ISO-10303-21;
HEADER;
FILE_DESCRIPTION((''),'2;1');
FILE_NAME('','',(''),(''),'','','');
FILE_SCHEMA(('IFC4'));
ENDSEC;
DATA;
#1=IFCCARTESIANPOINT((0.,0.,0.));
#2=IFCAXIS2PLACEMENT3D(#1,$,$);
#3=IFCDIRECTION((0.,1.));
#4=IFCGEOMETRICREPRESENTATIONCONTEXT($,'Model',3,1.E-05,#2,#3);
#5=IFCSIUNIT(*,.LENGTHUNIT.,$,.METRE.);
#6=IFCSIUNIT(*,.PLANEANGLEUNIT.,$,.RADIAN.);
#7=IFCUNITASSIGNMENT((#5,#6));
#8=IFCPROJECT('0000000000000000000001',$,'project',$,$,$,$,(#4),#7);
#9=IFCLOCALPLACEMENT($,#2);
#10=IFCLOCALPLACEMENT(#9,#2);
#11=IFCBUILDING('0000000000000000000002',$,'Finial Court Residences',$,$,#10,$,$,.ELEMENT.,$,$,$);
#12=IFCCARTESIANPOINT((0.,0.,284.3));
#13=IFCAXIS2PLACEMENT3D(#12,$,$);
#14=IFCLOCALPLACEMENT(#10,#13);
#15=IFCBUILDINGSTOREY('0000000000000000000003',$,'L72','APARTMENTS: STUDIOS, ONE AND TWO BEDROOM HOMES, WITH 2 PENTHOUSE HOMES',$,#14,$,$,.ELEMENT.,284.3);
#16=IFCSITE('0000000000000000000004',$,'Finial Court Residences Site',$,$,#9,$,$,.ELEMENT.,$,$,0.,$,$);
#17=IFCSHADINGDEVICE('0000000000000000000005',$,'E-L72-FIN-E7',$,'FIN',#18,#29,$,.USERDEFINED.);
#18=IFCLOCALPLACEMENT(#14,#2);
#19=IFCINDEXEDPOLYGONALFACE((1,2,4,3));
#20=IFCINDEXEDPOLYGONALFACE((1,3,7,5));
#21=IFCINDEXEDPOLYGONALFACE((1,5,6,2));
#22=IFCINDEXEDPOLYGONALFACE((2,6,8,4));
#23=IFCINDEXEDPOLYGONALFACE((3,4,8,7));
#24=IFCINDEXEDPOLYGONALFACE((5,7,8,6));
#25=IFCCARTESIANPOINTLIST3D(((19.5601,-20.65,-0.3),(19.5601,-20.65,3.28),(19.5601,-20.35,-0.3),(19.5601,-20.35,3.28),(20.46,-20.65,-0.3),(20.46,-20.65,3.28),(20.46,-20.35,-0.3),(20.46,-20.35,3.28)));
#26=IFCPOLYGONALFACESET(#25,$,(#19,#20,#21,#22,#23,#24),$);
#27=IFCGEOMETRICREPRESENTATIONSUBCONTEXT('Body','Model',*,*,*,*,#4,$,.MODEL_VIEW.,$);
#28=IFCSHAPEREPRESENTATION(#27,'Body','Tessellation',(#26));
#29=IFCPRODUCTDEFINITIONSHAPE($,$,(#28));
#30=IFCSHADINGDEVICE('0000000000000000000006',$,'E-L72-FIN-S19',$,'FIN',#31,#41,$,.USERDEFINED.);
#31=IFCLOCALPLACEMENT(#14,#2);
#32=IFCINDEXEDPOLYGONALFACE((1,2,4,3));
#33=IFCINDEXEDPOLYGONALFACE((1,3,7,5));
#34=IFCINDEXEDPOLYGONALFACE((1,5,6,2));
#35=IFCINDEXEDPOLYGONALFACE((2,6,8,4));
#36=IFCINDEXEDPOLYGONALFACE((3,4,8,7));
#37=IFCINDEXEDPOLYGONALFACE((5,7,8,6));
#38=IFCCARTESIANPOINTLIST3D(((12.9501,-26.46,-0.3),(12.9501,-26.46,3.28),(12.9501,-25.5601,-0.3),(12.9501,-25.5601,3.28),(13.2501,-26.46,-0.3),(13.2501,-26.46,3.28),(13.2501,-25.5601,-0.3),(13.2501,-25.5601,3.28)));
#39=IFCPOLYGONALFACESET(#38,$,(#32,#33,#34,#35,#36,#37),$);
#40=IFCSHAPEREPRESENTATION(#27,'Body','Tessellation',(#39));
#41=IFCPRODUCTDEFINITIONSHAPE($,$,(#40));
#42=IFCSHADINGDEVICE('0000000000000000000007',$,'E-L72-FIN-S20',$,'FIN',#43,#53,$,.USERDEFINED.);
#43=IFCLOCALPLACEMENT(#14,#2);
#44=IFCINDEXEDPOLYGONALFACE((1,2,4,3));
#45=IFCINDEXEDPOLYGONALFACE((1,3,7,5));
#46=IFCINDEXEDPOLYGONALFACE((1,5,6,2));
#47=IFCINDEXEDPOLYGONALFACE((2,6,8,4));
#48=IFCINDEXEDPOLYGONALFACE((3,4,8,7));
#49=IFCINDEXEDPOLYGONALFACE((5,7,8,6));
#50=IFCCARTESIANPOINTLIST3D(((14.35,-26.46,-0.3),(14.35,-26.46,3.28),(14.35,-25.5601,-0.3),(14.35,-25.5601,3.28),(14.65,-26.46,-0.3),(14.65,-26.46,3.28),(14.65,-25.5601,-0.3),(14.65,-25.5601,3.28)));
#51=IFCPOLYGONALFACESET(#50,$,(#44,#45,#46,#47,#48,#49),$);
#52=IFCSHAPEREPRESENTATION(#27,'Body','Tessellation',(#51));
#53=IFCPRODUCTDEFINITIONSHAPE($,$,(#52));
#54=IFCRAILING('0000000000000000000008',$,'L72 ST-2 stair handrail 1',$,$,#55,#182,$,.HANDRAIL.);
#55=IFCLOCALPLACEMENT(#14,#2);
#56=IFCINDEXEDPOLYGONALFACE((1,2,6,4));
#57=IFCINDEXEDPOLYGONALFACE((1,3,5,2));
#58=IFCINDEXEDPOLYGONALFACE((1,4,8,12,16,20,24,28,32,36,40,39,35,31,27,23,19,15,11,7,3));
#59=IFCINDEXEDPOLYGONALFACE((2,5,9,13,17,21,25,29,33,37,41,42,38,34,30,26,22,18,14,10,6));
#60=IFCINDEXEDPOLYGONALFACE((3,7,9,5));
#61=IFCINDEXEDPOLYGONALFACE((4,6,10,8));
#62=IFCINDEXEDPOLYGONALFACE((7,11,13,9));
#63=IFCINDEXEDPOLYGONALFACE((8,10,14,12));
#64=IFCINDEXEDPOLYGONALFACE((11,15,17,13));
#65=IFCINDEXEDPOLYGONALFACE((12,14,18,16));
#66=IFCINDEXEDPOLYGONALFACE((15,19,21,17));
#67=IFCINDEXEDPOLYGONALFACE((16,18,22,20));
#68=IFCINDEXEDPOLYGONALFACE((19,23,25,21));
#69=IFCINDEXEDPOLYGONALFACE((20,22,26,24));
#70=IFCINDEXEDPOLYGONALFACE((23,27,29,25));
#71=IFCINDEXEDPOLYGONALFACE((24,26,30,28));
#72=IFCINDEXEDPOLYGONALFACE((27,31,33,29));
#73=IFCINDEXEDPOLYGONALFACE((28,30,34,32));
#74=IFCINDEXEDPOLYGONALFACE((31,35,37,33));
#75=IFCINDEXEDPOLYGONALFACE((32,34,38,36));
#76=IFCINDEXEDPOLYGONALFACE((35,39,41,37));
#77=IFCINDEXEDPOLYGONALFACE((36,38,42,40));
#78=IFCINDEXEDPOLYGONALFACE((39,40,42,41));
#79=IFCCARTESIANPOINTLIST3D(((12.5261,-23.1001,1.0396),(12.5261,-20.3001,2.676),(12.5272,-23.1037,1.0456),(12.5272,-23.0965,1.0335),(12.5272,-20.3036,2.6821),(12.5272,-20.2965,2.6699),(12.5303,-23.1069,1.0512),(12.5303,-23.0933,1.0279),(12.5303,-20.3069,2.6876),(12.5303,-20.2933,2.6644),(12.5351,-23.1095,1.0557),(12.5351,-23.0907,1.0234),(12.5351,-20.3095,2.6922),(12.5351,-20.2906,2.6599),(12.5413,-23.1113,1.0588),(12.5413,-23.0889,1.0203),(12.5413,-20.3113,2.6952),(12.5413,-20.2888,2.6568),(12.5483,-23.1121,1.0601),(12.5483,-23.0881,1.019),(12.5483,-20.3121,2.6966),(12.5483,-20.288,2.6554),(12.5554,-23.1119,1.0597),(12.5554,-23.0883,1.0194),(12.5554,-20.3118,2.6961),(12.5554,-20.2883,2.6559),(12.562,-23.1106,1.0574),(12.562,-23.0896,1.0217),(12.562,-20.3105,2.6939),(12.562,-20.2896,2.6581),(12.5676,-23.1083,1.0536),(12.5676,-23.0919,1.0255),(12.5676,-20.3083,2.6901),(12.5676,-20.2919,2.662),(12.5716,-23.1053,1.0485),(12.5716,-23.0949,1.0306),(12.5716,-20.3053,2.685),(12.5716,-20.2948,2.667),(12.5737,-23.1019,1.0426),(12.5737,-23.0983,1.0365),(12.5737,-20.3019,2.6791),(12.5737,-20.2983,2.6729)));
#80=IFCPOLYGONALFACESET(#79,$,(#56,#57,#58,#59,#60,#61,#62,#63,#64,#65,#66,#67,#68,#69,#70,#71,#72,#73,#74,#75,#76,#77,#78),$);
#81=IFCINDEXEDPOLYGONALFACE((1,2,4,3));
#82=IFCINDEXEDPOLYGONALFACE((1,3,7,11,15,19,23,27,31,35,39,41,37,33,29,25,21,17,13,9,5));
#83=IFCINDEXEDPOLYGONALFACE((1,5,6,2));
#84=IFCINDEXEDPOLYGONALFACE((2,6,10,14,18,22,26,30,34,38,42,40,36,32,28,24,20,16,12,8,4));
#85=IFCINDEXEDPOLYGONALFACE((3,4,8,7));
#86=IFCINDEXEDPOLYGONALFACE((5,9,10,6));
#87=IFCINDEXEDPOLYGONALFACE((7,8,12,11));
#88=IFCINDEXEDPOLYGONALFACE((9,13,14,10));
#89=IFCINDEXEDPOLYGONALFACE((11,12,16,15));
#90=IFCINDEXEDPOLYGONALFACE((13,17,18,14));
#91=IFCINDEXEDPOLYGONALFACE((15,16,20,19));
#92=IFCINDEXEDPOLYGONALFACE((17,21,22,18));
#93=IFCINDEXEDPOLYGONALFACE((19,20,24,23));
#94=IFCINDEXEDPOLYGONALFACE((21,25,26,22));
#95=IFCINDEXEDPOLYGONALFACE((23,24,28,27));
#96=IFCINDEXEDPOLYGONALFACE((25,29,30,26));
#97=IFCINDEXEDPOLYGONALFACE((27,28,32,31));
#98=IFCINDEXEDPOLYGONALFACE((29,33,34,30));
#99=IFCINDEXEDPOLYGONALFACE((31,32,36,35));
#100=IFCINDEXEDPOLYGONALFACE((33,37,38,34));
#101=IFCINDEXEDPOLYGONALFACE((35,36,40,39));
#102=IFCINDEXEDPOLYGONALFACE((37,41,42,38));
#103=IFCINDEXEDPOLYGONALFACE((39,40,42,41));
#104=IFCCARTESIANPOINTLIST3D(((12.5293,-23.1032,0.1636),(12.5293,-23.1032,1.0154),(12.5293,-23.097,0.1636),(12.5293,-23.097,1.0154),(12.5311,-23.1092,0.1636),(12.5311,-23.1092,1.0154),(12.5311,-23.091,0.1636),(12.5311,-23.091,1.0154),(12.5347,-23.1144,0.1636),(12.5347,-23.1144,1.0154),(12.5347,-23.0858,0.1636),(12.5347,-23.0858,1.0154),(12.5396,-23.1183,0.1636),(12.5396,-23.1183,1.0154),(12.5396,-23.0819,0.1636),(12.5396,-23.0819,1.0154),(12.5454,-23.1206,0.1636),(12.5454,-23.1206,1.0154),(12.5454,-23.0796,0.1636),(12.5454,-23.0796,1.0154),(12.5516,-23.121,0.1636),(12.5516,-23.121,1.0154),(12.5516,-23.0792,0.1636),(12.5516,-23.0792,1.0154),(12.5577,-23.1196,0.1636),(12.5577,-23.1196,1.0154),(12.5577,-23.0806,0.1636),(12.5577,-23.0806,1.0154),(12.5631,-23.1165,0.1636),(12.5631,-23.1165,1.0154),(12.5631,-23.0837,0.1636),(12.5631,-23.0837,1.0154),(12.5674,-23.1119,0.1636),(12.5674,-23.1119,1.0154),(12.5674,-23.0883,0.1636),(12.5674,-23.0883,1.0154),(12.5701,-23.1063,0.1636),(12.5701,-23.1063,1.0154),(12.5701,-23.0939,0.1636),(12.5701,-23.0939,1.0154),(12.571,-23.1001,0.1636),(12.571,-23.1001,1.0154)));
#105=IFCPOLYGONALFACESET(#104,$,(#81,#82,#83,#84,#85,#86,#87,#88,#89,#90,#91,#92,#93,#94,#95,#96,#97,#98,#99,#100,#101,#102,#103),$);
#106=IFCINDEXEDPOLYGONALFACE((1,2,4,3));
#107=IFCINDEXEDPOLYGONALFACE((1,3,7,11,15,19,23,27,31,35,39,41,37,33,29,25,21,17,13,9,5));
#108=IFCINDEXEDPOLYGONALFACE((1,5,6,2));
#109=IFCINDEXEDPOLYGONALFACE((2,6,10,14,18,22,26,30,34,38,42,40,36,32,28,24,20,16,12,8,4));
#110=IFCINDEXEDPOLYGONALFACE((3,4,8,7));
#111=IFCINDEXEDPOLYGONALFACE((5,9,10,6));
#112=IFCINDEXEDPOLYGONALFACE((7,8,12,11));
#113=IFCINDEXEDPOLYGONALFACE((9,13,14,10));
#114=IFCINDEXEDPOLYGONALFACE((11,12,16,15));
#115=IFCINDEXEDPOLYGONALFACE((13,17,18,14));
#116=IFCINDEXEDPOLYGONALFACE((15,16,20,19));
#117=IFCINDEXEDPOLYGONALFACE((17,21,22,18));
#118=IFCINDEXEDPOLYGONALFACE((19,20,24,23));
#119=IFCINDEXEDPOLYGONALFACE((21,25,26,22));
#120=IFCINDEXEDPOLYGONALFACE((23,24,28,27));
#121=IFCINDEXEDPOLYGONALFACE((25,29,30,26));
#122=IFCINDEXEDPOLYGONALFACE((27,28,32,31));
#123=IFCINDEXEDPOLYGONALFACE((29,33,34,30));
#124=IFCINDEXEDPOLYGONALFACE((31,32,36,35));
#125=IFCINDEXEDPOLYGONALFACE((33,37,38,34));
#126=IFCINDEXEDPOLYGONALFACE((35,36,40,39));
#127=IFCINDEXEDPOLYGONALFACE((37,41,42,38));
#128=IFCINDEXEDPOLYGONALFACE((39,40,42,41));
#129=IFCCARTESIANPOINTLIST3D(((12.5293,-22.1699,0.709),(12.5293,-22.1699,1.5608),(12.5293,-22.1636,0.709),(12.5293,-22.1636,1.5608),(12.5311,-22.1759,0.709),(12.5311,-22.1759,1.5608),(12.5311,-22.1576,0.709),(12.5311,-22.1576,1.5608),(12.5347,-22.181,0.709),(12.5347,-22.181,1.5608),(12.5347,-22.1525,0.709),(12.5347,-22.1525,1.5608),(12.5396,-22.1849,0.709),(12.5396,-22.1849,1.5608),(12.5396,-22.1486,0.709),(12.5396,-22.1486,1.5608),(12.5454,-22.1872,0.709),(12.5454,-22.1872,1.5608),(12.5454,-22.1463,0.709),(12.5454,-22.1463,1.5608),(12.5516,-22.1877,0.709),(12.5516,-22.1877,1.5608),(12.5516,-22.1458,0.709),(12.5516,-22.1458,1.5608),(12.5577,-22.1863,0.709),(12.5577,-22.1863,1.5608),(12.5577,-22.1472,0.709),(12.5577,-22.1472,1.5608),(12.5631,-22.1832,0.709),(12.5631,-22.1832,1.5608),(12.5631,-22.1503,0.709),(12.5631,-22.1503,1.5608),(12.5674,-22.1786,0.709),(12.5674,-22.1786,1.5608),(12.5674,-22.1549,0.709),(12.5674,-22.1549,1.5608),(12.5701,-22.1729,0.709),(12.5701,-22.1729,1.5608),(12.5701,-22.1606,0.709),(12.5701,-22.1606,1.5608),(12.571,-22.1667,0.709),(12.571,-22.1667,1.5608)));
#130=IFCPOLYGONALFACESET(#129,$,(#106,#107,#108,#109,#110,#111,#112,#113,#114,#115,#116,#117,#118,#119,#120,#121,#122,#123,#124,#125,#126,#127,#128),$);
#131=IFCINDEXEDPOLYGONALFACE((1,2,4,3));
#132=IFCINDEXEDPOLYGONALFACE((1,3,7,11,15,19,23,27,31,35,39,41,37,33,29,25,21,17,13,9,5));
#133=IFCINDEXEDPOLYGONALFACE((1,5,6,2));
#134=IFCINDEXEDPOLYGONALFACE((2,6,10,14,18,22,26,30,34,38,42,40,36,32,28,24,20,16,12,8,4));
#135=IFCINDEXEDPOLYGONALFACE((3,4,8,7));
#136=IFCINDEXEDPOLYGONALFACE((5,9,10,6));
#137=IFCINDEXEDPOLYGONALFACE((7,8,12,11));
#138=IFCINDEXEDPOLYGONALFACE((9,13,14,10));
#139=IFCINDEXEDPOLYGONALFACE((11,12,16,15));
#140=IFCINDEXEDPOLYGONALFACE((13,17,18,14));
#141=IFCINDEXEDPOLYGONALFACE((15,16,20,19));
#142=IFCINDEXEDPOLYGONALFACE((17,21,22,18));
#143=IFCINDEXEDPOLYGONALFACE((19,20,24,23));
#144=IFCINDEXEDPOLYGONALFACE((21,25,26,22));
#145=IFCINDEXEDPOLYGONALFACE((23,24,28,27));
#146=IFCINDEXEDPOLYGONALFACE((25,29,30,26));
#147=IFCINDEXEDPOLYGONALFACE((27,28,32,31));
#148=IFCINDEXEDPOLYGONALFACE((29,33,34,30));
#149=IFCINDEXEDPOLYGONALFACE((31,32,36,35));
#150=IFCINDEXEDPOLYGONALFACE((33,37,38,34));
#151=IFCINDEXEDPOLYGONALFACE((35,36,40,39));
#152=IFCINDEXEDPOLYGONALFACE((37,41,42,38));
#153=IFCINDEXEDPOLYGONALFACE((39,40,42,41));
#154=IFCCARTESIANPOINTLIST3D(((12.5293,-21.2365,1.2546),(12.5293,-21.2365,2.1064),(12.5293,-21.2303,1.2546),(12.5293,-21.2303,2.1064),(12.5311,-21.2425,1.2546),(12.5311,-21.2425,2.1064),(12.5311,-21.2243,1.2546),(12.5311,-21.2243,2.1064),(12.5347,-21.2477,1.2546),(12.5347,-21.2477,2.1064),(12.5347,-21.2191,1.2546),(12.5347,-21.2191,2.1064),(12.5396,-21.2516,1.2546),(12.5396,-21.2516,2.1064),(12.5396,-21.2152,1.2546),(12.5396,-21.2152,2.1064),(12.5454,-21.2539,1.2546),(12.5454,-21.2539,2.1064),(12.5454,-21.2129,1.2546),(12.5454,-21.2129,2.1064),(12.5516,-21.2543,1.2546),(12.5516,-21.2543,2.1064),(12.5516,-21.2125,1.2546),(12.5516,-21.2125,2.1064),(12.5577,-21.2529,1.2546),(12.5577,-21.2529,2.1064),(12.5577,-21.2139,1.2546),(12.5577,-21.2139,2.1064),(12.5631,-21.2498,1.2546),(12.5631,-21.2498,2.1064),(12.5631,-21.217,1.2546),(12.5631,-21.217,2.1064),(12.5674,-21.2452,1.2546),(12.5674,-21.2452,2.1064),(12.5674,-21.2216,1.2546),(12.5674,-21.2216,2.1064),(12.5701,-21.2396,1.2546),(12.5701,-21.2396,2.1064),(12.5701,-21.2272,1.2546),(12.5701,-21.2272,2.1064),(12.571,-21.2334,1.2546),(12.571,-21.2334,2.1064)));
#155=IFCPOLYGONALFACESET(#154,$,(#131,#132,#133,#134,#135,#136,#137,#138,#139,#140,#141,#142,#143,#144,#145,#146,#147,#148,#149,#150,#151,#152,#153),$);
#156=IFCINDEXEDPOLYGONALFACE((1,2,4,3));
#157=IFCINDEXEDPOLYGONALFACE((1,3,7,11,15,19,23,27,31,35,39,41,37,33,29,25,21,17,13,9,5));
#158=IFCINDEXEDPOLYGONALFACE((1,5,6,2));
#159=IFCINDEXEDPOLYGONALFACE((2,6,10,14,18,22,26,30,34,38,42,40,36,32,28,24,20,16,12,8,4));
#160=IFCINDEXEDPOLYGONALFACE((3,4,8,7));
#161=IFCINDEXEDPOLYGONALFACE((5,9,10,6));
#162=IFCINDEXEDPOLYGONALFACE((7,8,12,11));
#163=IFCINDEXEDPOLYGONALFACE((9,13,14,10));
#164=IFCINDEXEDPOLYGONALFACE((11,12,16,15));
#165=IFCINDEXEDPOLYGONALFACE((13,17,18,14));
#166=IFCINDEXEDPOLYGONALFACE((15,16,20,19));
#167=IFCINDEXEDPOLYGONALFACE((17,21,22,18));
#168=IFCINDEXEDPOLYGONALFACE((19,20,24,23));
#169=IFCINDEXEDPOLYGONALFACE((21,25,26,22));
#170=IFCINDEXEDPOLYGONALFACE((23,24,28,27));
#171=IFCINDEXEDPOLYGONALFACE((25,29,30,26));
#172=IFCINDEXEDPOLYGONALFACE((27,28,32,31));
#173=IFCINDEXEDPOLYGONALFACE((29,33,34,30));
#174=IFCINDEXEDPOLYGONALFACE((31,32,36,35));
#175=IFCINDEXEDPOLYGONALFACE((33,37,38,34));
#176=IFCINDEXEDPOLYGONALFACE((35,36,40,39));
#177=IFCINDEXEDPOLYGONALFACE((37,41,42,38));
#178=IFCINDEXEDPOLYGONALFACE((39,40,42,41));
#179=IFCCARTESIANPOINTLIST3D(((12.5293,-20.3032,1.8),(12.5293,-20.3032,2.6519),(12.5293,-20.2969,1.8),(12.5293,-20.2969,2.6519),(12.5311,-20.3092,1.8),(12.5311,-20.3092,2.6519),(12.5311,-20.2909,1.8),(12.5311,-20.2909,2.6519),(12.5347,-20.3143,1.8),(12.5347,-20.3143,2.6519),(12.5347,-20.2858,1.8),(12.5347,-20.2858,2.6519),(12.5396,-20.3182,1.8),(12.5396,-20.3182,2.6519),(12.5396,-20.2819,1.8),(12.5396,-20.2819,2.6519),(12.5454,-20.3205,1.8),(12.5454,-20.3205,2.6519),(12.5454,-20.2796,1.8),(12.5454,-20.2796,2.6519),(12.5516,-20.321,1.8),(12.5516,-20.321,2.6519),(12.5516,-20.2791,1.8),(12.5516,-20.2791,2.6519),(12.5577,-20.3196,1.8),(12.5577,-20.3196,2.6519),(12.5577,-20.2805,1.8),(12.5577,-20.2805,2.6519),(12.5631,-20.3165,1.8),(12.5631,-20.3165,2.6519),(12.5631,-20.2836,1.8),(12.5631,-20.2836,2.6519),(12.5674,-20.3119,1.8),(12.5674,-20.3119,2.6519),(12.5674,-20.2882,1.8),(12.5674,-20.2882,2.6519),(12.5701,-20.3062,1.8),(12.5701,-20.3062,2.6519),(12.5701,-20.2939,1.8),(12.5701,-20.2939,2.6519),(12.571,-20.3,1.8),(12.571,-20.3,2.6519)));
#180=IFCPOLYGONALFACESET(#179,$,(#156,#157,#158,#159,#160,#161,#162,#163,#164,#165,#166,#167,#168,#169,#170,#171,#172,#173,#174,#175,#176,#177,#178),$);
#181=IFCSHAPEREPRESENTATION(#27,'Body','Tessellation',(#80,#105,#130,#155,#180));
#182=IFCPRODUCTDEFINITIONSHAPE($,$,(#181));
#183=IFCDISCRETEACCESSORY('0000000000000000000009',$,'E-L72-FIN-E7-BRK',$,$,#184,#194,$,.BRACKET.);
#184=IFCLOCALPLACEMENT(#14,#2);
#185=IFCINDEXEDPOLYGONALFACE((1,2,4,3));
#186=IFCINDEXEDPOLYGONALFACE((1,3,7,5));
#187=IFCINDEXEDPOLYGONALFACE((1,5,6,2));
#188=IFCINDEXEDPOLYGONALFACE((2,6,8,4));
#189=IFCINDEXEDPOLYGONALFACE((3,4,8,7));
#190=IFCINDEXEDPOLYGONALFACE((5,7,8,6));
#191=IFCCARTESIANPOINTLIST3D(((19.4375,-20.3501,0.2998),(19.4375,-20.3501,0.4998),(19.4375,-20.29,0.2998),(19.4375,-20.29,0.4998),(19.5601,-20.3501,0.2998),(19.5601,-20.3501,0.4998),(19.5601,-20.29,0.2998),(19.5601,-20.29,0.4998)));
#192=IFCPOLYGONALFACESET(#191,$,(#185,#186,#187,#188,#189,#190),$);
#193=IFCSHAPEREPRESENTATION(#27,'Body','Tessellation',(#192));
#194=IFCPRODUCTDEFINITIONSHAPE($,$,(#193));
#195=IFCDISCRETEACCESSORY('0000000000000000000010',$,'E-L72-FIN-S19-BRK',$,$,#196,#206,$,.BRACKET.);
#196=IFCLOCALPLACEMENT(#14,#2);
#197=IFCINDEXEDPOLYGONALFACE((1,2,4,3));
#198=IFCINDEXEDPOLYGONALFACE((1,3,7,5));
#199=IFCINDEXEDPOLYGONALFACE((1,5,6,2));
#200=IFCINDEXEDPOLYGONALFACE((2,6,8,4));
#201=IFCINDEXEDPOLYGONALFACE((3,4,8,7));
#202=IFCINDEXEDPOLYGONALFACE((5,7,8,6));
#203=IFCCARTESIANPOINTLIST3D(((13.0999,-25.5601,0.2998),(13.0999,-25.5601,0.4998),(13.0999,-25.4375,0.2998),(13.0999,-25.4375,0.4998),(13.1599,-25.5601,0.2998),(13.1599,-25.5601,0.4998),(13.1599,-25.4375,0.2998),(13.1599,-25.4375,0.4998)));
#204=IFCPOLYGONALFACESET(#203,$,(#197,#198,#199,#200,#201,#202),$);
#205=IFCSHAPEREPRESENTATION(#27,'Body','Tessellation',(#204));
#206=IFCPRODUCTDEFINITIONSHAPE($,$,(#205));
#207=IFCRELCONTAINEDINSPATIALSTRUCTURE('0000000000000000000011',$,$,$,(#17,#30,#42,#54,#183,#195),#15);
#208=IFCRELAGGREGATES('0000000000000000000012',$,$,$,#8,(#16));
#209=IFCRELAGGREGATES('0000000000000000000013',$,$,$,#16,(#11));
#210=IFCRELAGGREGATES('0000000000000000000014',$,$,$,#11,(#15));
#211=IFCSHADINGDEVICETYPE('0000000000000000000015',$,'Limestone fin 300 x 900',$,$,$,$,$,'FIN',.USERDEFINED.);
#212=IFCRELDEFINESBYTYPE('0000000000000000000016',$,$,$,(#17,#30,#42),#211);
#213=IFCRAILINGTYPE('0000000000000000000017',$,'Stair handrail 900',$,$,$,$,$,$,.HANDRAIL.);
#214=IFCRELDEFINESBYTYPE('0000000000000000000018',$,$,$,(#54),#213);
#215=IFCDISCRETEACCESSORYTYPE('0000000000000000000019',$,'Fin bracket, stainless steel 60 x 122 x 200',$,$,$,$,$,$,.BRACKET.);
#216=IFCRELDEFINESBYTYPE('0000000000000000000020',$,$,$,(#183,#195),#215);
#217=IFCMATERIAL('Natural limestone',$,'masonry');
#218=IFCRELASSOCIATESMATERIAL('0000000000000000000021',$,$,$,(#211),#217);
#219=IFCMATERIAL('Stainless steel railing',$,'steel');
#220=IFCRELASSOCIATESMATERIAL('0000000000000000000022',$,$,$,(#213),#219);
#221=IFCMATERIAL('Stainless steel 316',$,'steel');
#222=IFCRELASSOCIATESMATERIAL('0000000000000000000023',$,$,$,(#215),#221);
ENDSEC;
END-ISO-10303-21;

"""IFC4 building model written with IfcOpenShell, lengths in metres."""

from ifc_helpers import new_model, si_unit, direction, frame, origin, origin_2d, place, context, subcontext, project, spatial, rectangle, circle, extrude, material, type_object, element, save


model = new_model("IFC4")

# Units and contexts
model_context = context("Model", 3, precision=1e-05, world=origin(), true_north=direction((0.0, 1.0)))
body_context = subcontext(model_context, "Body", "Model", "MODEL_VIEW")
ifc_project = project(units=[si_unit("LENGTHUNIT", "METRE"), si_unit("PLANEANGLEUNIT", "RADIAN")], contexts=[model_context])

# Site, building, storey
site_placement = place(None, origin())
site = spatial("IfcSite", under=ifc_project, at=site_placement, Name="Finial Court Residences Site", CompositionType="ELEMENT", RefElevation=0.0)
building_placement = place(site_placement, origin())
building = spatial("IfcBuilding", under=site, at=building_placement, Name="Finial Court Residences", CompositionType="ELEMENT")
storey_placement = place(building_placement, frame((0.0, 0.0, 284.3)))
storey = spatial("IfcBuildingStorey", under=building, at=storey_placement, Name="L72", Description="APARTMENTS: STUDIOS, ONE AND TWO BEDROOM HOMES, WITH 2 PENTHOUSE HOMES", CompositionType="ELEMENT", Elevation=284.3)

# Shared definitions
ifc_material_1 = material(Name="Natural limestone", Category="masonry")

# Shading devices
shading_device_type = type_object("IfcShadingDeviceType", Name="Limestone fin 300 x 900", ElementType="FIN", PredefinedType="USERDEFINED", material=ifc_material_1)
shading_device_placement = place(storey_placement, frame((20.01, -20.5, -0.3), z_axis=(0.0, 0.0, 1.0), x_axis=(1.0, 0.0, 0.0)))
element("IfcShadingDevice", 1, at=shading_device_placement, inside=storey, type_object=shading_device_type, Name="E-L72-FIN-E7", ObjectType="FIN", PredefinedType="USERDEFINED", context=body_context, shape_type="SweptSolid", body=[
    extrude(rectangle(XDim=0.8999, YDim=0.3, at=origin_2d()), origin(), (0.0, 0.0, 1.0), 3.5801),
])
for number, where, z_axis, x_axis, name in (
    (2, (13.1001, -26.01, -0.3), (0.0, 0.0, 1.0), (1.0, 0.0, 0.0), "E-L72-FIN-S19"),
    (3, (14.5, -26.01, -0.3), (0.0, 0.0, 1.0), (1.0, 0.0, 0.0), "E-L72-FIN-S20"),
):
    element("IfcShadingDevice", number, at=place(storey_placement, frame(where, z_axis=z_axis, x_axis=x_axis)), inside=storey, type_object=shading_device_type, Name=name, ObjectType="FIN", PredefinedType="USERDEFINED", context=body_context, shape_type="SweptSolid", body=[
        extrude(rectangle(XDim=0.3, YDim=0.8999, at=origin_2d()), origin(), (0.0, 0.0, 1.0), 3.5801),
    ])

# Railing
ifc_material_2 = material(Name="Stainless steel railing", Category="steel")
railing_type = type_object("IfcRailingType", Name="Stair handrail 900", PredefinedType="HANDRAIL", material=ifc_material_2)
railing_placement = place(storey_placement, frame((12.55, -23.1001, 0.1636)))
element("IfcRailing", 4, at=railing_placement, inside=storey, type_object=railing_type, Name="L72 ST-2 stair handrail 1", PredefinedType="HANDRAIL", context=body_context, shape_type="SweptSolid", body=[
    extrude(circle(Radius=0.0239, at=origin_2d()), frame((0.0, 0.0, 0.876), z_axis=(0.0, 0.863361, 0.504587), x_axis=(-1.0, 0.0, 0.0)), (0.0, 0.0, 1.0), 3.2432),
    extrude(circle(Radius=0.021, at=origin_2d()), origin(), (0.0, 0.0, 1.0), 0.8518),
    extrude(circle(Radius=0.021, at=origin_2d()), frame((0.0, 0.9333, 0.5454)), (0.0, 0.0, 1.0), 0.8518),
    extrude(circle(Radius=0.021, at=origin_2d()), frame((0.0, 1.8667, 1.0911)), (0.0, 0.0, 1.0), 0.8518),
    extrude(circle(Radius=0.021, at=origin_2d()), frame((0.0, 2.8, 1.6365)), (0.0, 0.0, 1.0), 0.8518),
])

# Discrete accessories
ifc_material_3 = material(Name="Stainless steel 316", Category="steel")
discrete_accessory_type = type_object("IfcDiscreteAccessoryType", Name="Fin bracket, stainless steel 60 x 122 x 200", PredefinedType="BRACKET", material=ifc_material_3)
discrete_accessory_placement = place(storey_placement, frame((19.4988, -20.3201, 0.2998), z_axis=(0.0, 0.0, 1.0), x_axis=(1.0, 0.0, 0.0)))
element("IfcDiscreteAccessory", 5, at=discrete_accessory_placement, inside=storey, type_object=discrete_accessory_type, Name="E-L72-FIN-E7-BRK", PredefinedType="BRACKET", context=body_context, shape_type="SweptSolid", body=[
    extrude(rectangle(XDim=0.1226, YDim=0.0601, at=origin_2d()), origin(), (0.0, 0.0, 1.0), 0.2),
])
for number, where, z_axis, x_axis, name in (
    (6, (13.1299, -25.4988, 0.2998), (0.0, 0.0, 1.0), (1.0, 0.0, 0.0), "E-L72-FIN-S19-BRK"),
):
    element("IfcDiscreteAccessory", number, at=place(storey_placement, frame(where, z_axis=z_axis, x_axis=x_axis)), inside=storey, type_object=discrete_accessory_type, Name=name, PredefinedType="BRACKET", context=body_context, shape_type="SweptSolid", body=[
        extrude(rectangle(XDim=0.0601, YDim=0.1226, at=origin_2d()), origin(), (0.0, 0.0, 1.0), 0.2),
    ])

save(model, "model.ifc")
